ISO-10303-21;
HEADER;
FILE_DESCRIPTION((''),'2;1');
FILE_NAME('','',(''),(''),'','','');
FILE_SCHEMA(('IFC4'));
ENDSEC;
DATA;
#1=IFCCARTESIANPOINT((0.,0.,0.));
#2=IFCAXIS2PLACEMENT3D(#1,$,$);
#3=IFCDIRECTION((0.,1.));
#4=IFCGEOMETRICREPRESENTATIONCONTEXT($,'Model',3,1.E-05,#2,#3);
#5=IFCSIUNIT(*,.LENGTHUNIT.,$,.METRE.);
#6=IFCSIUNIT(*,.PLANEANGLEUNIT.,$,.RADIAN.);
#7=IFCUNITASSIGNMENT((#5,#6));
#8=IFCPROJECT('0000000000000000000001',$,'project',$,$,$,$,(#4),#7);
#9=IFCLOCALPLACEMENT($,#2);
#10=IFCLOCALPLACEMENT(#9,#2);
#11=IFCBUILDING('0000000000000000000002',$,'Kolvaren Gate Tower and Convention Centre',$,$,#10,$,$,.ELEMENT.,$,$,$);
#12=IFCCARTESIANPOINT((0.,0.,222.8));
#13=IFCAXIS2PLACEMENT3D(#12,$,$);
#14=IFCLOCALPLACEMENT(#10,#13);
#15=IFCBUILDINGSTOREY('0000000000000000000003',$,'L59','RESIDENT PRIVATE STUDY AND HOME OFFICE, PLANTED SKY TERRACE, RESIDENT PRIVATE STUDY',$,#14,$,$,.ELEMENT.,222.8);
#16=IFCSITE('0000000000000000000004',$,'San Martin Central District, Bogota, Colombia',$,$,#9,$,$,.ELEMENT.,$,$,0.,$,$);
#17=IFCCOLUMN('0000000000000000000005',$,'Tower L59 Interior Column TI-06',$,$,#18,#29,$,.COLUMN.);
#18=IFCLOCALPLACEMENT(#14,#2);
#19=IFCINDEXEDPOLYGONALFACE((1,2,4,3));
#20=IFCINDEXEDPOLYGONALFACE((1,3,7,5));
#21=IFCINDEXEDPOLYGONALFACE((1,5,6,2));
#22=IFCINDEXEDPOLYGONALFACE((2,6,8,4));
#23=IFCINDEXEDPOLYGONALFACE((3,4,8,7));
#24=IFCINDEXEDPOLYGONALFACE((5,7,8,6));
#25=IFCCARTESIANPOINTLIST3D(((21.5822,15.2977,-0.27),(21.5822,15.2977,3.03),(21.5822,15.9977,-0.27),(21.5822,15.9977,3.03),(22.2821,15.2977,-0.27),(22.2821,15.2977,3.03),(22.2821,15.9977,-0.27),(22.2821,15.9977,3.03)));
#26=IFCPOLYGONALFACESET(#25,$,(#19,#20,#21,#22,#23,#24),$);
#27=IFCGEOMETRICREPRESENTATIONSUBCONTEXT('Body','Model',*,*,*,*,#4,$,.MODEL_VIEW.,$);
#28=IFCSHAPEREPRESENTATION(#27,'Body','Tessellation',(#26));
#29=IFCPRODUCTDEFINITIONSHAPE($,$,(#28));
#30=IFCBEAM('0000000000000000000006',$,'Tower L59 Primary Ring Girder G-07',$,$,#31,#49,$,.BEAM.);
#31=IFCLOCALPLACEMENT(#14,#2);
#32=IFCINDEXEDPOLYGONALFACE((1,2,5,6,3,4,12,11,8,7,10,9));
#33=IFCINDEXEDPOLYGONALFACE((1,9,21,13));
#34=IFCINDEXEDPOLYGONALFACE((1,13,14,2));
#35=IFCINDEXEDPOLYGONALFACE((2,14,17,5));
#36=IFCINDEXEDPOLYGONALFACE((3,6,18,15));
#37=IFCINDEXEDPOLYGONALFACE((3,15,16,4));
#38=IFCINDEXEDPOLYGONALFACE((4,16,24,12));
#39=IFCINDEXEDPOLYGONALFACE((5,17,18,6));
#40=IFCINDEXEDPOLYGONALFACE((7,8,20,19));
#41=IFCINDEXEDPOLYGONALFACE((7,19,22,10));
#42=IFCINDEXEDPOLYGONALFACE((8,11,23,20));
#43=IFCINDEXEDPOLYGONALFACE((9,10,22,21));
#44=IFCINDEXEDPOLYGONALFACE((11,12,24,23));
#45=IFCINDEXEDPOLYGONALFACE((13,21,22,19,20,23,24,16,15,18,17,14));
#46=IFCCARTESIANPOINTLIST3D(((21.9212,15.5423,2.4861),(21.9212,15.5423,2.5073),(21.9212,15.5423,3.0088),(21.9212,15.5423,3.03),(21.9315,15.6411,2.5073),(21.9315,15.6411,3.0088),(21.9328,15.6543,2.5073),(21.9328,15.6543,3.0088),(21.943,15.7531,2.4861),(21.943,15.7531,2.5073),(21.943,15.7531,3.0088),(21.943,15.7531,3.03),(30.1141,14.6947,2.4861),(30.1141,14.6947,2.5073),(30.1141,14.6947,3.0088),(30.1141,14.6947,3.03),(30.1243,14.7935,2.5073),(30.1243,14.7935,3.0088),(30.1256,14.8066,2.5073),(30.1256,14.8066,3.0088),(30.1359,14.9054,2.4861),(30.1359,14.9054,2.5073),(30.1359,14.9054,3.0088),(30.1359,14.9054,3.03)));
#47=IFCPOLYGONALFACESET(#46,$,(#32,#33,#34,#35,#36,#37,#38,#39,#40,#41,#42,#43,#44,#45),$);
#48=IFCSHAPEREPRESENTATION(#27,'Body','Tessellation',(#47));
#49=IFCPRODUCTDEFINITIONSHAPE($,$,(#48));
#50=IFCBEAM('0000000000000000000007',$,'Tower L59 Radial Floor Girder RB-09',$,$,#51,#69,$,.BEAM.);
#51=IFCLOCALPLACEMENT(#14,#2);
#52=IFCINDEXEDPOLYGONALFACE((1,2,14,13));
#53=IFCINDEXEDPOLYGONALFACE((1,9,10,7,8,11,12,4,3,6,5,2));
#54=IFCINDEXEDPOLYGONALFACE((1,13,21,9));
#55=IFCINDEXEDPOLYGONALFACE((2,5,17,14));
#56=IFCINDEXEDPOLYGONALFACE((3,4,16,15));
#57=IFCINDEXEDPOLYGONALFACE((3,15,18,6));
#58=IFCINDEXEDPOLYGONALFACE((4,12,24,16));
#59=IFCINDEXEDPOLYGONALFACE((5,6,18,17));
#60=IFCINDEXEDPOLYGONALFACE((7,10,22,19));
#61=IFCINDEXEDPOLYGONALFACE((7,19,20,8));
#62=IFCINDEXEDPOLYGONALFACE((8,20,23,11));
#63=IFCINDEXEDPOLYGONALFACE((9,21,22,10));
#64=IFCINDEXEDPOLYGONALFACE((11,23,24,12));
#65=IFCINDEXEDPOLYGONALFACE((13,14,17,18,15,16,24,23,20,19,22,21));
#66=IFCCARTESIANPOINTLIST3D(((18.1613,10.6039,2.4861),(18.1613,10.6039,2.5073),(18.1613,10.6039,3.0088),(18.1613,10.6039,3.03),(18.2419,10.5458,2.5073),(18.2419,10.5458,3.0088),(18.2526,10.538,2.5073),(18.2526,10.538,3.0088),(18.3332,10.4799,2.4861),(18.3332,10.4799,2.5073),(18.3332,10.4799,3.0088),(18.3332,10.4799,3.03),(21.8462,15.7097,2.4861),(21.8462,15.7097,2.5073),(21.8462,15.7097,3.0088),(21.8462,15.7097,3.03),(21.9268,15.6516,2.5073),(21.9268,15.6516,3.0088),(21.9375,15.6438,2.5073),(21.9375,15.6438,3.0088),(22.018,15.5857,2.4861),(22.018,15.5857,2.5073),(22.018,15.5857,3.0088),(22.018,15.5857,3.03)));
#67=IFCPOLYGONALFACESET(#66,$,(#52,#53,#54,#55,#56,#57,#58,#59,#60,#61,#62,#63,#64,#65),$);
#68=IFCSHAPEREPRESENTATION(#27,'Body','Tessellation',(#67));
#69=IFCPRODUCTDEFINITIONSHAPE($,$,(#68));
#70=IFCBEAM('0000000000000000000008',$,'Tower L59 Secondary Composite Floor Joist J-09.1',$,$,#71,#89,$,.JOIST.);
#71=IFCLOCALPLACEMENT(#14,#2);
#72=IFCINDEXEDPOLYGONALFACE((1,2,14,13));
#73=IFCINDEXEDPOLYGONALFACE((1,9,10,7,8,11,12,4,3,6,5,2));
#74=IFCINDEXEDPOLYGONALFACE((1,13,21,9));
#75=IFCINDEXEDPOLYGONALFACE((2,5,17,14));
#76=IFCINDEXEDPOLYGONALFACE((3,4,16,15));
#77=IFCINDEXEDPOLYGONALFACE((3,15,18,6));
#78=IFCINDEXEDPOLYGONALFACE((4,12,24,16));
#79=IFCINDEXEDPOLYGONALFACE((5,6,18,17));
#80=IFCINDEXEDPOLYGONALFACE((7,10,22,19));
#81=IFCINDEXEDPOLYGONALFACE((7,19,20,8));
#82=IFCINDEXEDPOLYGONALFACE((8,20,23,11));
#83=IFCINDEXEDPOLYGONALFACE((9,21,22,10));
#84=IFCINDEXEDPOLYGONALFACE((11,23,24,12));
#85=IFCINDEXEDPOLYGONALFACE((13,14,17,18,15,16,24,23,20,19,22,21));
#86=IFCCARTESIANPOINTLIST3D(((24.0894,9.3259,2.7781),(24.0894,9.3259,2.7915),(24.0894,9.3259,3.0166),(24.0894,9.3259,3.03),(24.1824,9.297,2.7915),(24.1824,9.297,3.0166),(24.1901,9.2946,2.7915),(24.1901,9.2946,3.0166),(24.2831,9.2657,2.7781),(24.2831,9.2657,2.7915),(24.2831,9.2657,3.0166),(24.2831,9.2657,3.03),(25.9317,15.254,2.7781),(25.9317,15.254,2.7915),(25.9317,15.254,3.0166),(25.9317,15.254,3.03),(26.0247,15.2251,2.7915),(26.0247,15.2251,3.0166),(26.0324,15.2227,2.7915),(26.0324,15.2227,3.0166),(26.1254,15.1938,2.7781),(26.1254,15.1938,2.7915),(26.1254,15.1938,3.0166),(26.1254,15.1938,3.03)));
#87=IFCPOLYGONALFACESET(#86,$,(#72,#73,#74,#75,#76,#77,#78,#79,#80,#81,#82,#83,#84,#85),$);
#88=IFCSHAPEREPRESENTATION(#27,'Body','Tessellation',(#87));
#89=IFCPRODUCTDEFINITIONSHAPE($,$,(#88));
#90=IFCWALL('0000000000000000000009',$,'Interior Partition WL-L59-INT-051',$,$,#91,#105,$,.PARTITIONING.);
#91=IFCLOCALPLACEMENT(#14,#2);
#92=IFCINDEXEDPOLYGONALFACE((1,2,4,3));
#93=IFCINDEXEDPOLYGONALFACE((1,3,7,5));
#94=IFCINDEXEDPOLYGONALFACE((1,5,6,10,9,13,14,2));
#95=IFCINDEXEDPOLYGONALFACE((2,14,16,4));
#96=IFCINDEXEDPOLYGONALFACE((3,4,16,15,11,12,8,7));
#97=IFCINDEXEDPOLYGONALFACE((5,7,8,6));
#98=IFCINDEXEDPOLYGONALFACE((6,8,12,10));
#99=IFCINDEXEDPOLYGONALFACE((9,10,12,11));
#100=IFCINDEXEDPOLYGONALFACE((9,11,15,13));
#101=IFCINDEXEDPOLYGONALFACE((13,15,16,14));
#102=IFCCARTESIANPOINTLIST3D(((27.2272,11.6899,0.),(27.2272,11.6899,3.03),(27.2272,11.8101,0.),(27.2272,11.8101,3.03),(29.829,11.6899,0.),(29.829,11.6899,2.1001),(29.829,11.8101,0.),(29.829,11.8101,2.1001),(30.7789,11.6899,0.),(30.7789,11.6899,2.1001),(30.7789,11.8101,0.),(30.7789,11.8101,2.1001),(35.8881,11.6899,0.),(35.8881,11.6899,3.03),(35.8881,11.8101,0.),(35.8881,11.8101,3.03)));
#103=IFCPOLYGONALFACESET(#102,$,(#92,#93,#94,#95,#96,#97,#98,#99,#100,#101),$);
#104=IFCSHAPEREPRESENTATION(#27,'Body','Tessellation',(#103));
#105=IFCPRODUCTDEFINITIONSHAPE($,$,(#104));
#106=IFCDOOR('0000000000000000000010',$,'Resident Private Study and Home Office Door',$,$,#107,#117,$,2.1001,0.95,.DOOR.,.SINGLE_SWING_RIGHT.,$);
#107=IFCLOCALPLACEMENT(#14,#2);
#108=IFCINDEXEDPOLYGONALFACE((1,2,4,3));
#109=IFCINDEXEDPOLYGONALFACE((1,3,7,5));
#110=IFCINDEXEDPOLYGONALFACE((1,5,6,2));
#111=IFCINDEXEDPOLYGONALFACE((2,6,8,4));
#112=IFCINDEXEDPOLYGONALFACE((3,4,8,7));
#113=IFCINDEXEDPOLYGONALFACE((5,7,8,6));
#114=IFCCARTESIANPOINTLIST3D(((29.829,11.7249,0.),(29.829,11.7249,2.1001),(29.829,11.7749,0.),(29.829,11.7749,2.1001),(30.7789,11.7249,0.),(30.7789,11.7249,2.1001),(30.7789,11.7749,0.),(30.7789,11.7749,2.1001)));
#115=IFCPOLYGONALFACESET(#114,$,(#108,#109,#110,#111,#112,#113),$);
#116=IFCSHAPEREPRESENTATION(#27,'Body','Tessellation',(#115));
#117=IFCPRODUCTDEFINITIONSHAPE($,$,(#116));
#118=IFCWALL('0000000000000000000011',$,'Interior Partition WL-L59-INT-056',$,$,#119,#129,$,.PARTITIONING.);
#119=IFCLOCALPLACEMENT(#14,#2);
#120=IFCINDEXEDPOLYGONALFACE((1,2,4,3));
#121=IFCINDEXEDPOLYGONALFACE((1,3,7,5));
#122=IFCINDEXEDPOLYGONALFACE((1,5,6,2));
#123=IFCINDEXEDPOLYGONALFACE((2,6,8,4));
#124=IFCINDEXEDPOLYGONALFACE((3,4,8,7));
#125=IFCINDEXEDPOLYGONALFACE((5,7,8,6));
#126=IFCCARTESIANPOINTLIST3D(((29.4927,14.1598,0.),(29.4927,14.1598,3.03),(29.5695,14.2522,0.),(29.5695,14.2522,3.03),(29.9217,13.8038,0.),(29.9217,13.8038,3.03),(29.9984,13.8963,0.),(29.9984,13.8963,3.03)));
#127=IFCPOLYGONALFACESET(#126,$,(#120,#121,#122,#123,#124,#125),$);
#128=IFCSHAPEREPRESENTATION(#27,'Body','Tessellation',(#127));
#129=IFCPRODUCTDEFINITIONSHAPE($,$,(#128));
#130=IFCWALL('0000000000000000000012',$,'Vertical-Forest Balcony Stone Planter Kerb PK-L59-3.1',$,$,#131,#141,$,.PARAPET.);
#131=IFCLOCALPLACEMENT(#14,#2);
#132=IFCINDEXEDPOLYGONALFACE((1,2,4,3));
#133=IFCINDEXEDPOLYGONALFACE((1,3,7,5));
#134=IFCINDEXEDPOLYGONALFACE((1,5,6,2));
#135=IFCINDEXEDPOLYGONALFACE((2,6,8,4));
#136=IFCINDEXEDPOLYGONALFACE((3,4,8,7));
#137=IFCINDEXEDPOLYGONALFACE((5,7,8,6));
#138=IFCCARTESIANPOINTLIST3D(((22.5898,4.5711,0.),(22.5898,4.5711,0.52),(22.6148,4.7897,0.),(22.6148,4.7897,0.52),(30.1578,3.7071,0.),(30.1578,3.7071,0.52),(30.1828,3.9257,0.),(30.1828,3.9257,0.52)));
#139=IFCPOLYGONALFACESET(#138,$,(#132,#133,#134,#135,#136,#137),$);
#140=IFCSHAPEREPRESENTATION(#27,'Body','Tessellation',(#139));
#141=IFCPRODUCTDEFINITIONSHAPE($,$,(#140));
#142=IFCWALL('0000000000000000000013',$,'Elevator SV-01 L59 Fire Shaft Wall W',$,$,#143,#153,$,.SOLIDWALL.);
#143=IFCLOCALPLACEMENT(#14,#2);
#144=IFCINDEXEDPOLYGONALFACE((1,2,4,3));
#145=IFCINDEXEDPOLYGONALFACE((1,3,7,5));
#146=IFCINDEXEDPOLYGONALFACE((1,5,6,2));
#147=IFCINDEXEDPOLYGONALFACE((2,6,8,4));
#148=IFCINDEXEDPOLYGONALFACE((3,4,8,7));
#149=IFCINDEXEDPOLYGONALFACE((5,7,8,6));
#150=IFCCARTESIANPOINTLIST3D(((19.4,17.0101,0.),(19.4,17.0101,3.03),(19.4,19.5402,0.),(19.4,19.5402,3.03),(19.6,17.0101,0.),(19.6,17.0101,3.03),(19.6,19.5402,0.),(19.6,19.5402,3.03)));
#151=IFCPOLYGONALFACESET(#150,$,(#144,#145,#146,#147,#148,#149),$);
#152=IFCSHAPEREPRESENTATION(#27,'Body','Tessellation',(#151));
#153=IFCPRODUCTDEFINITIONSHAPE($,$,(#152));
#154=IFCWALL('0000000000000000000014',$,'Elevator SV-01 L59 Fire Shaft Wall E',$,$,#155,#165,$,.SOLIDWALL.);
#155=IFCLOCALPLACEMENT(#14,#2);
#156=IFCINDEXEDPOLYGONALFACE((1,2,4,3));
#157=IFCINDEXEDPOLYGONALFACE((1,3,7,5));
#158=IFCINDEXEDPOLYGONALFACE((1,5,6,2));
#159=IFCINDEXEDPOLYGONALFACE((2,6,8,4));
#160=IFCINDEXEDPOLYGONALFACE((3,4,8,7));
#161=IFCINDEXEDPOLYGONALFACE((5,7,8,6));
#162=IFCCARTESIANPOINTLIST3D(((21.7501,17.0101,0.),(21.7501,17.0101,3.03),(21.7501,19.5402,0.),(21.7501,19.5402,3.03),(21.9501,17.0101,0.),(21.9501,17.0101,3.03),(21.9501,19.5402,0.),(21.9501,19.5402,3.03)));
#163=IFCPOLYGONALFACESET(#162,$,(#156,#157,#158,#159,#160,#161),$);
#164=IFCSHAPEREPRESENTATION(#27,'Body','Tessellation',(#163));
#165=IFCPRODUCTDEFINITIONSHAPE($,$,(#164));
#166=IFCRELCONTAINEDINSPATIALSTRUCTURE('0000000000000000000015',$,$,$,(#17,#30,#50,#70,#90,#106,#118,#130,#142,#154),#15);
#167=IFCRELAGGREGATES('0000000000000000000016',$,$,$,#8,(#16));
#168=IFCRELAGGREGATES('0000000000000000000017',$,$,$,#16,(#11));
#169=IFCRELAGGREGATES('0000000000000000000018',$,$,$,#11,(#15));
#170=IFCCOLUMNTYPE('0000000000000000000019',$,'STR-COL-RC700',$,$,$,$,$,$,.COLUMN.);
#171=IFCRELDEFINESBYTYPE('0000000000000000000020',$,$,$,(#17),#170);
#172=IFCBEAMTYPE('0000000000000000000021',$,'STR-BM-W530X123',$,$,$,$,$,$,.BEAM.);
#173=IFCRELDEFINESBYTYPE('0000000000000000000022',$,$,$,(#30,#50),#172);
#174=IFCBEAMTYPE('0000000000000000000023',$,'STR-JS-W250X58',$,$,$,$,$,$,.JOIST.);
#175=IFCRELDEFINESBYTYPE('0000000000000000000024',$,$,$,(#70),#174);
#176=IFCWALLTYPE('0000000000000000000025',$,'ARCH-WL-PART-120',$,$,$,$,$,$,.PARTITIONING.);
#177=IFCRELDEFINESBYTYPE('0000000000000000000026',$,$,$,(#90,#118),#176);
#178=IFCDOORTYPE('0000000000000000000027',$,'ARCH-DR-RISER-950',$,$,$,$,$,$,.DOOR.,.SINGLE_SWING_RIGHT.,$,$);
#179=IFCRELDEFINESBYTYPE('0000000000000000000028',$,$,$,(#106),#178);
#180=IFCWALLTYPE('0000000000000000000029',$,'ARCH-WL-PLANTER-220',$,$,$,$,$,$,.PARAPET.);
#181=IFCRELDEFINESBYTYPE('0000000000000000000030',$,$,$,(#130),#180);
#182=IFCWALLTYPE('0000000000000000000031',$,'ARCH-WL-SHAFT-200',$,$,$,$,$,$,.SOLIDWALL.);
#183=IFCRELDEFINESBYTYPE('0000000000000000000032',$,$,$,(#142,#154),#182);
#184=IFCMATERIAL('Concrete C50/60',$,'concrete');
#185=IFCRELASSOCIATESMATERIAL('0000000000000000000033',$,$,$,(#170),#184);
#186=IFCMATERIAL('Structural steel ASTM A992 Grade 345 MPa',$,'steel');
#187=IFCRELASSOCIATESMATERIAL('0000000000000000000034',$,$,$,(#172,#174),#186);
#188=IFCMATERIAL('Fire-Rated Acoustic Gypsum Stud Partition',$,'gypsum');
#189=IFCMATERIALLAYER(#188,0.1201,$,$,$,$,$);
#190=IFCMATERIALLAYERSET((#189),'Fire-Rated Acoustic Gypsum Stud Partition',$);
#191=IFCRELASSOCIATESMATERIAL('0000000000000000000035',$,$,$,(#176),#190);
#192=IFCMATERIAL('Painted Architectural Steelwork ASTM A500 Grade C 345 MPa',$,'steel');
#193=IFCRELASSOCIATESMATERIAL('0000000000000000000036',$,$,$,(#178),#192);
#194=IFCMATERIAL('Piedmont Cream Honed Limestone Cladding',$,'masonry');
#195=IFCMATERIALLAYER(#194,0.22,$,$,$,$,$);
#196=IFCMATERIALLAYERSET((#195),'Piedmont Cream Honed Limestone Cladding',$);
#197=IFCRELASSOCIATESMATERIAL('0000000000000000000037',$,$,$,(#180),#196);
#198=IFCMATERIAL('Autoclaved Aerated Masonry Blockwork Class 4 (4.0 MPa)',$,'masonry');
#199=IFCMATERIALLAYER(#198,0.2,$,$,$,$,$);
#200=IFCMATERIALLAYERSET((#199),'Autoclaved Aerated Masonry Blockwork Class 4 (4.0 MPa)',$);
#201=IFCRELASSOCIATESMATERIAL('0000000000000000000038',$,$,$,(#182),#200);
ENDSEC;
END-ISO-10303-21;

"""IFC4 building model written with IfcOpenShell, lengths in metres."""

from ifc_helpers import new_model, si_unit, direction, frame, frame_2d, origin, origin_2d, place, context, subcontext, project, spatial, rectangle, i_section, extrude, material, layer, layer_set, material_profile, profile_set, type_object, element, fill, save


model = new_model("IFC4")

# Units and contexts
model_context = context("Model", 3, precision=1e-05, world=origin(), true_north=direction((0.0, 1.0)))
body_context = subcontext(model_context, "Body", "Model", "MODEL_VIEW")
ifc_project = project(units=[si_unit("LENGTHUNIT", "METRE"), si_unit("PLANEANGLEUNIT", "RADIAN")], contexts=[model_context])

# Site, building, storey
site_placement = place(None, origin())
site = spatial("IfcSite", under=ifc_project, at=site_placement, Name="San Martin Central District, Bogota, Colombia", CompositionType="ELEMENT", RefElevation=0.0)
building_placement = place(site_placement, origin())
building = spatial("IfcBuilding", under=site, at=building_placement, Name="Kolvaren Gate Tower and Convention Centre", CompositionType="ELEMENT")
storey_placement = place(building_placement, frame((0.0, 0.0, 222.8)))
storey = spatial("IfcBuildingStorey", under=building, at=storey_placement, Name="L59", Description="RESIDENT PRIVATE STUDY AND HOME OFFICE, PLANTED SKY TERRACE, RESIDENT PRIVATE STUDY", CompositionType="ELEMENT", Elevation=222.8)

# Column
ifc_material_1 = material(Name="Concrete C50/60", Category="concrete")
ifc_material_profile_1 = material_profile(ifc_material_1, rectangle(XDim=0.7, YDim=0.7, at=origin_2d()), Name="RC-COL-700X700")
ifc_profile_set_1 = profile_set([ifc_material_profile_1], Name="Concrete C50/60")
column_type = type_object("IfcColumnType", Name="STR-COL-RC700", PredefinedType="COLUMN", material=ifc_profile_set_1)
column_placement = place(storey_placement, frame((21.9321, 15.6477, -0.27), z_axis=(0.0, 0.0, 1.0), x_axis=(1.0, 0.0, 0.0)))
element("IfcColumn", 1, at=column_placement, inside=storey, type_object=column_type, Name="Tower L59 Interior Column TI-06", PredefinedType="COLUMN", context=body_context, shape_type="SweptSolid", body=[
    extrude(rectangle(XDim=0.7, YDim=0.7, at=origin_2d()), origin(), (0.0, 0.0, 1.0), 3.3),
])

# Beams
ifc_material_2 = material(Name="Structural steel ASTM A992 Grade 345 MPa", Category="steel")
ifc_material_profile_2 = material_profile(ifc_material_2, i_section(OverallWidth=0.2119, OverallDepth=0.5439, WebThickness=0.0132, FlangeThickness=0.0212, at=origin_2d()), Name="W530X123")
ifc_profile_set_2 = profile_set([ifc_material_profile_2], Name="Structural steel ASTM A992 Grade 345 MPa")
beam_type_1 = type_object("IfcBeamType", Name="STR-BM-W530X123", PredefinedType="BEAM", material=ifc_profile_set_2)
beam_1_placement = place(storey_placement, frame((21.9321, 15.6477, 2.7581), z_axis=(0.99469, -0.102913, 0.0), x_axis=(0.102913, 0.99469, 0.0)))
element("IfcBeam", 2, at=beam_1_placement, inside=storey, type_object=beam_type_1, Name="Tower L59 Primary Ring Girder G-07", PredefinedType="BEAM", context=body_context, shape_type="SweptSolid", body=[
    extrude(i_section(OverallWidth=0.2119, OverallDepth=0.5439, WebThickness=0.0132, FlangeThickness=0.0212, at=origin_2d()), origin(), (0.0, 0.0, 1.0), 8.2366),
])
beam_2_placement = place(storey_placement, frame((21.9321, 15.6477, 2.7581), z_axis=(-0.585214, -0.810879, 0.0), x_axis=(0.810879, -0.585214, 0.0)))
element("IfcBeam", 3, at=beam_2_placement, inside=storey, type_object=beam_type_1, Name="Tower L59 Radial Floor Girder RB-09", PredefinedType="BEAM", context=body_context, shape_type="SweptSolid", body=[
    extrude(i_section(OverallWidth=0.2119, OverallDepth=0.5439, WebThickness=0.0132, FlangeThickness=0.0212, at=origin_2d()), origin(), (0.0, 0.0, 1.0), 6.2966),
])
ifc_material_profile_3 = material_profile(ifc_material_2, i_section(OverallWidth=0.2029, OverallDepth=0.252, WebThickness=0.0081, FlangeThickness=0.0134, at=origin_2d()), Name="W250X58")
ifc_profile_set_3 = profile_set([ifc_material_profile_3], Name="Structural steel ASTM A992 Grade 345 MPa")
beam_type_2 = type_object("IfcBeamType", Name="STR-JS-W250X58", PredefinedType="JOIST", material=ifc_profile_set_3)
beam_3_placement = place(storey_placement, frame((26.0286, 15.2239, 2.9041), z_axis=(-0.296776, -0.954947, 0.0), x_axis=(0.954947, -0.296776, 0.0)))
element("IfcBeam", 4, at=beam_3_placement, inside=storey, type_object=beam_type_2, Name="Tower L59 Secondary Composite Floor Joist J-09.1", PredefinedType="JOIST", context=body_context, shape_type="SweptSolid", body=[
    extrude(i_section(OverallWidth=0.2029, OverallDepth=0.252, WebThickness=0.0081, FlangeThickness=0.0134, at=origin_2d()), origin(), (0.0, 0.0, 1.0), 6.2078),
])

# Wall, opening, door
ifc_material_3 = material(Name="Fire-Rated Acoustic Gypsum Stud Partition", Category="gypsum")
ifc_layer_1 = layer(ifc_material_3, 0.1201)
ifc_layer_set_1 = layer_set([ifc_layer_1], Name="Fire-Rated Acoustic Gypsum Stud Partition")
wall_type_1 = type_object("IfcWallType", Name="ARCH-WL-PART-120", PredefinedType="PARTITIONING", material=ifc_layer_set_1)
wall_1_placement = place(storey_placement, frame((27.2271, 11.75, 0.0), z_axis=(0.0, 0.0, 1.0), x_axis=(1.0, 0.0, 0.0)))
wall_1 = element("IfcWall", 5, at=wall_1_placement, inside=storey, type_object=wall_type_1, Name="Interior Partition WL-L59-INT-051", PredefinedType="PARTITIONING", context=body_context, shape_type="SweptSolid", body=[
    extrude(rectangle(XDim=8.6609, YDim=0.1201, at=frame_2d((4.3306, 0.0))), origin(), (0.0, 0.0, 1.0), 3.03),
])
opening_1_placement = place(wall_1_placement, frame((2.6018, 0.0, 0.0)))
opening_1 = element("IfcOpeningElement", 6, at=opening_1_placement, cuts=wall_1, PredefinedType="OPENING", context=body_context, shape_type="SweptSolid", body=[
    extrude(rectangle(XDim=0.95, YDim=2.1001, at=frame_2d((0.4751, 1.05))), frame((0.0, 0.0701, 0.0), z_axis=(0.0, -1.0, 0.0), x_axis=(1.0, 0.0, 0.0)), (0.0, 0.0, 1.0), 0.1401),
])
ifc_material_4 = material(Name="Painted Architectural Steelwork ASTM A500 Grade C 345 MPa", Category="steel")
door_type = type_object("IfcDoorType", Name="ARCH-DR-RISER-950", OperationType="SINGLE_SWING_RIGHT", PredefinedType="DOOR", material=ifc_material_4)
door_1_placement = place(opening_1_placement, origin())
door_1 = element("IfcDoor", 7, at=door_1_placement, inside=storey, type_object=door_type, Name="Resident Private Study and Home Office Door", OperationType="SINGLE_SWING_RIGHT", OverallHeight=2.1001, OverallWidth=0.95, PredefinedType="DOOR", context=body_context, shape_type="SweptSolid", body=[
    extrude(rectangle(XDim=0.95, YDim=2.1001, at=frame_2d((0.4751, 1.05))), frame((0.0, 0.0249, 0.0), z_axis=(0.0, -1.0, 0.0), x_axis=(1.0, 0.0, 0.0)), (0.0, 0.0, 1.0), 0.05),
])
fill(opening_1, door_1)

# Walls
wall_2_placement = place(storey_placement, frame((29.531, 14.2061, 0.0), z_axis=(0.0, 0.0, 1.0), x_axis=(0.769548, -0.638589, 0.0)))
element("IfcWall", 8, at=wall_2_placement, inside=storey, type_object=wall_type_1, Name="Interior Partition WL-L59-INT-056", PredefinedType="PARTITIONING", context=body_context, shape_type="SweptSolid", body=[
    extrude(rectangle(XDim=0.5574, YDim=0.1201, at=frame_2d((0.2788, 0.0))), origin(), (0.0, 0.0, 1.0), 3.03),
])
ifc_material_5 = material(Name="Piedmont Cream Honed Limestone Cladding", Category="masonry")
ifc_layer_2 = layer(ifc_material_5, 0.22)
ifc_layer_set_2 = layer_set([ifc_layer_2], Name="Piedmont Cream Honed Limestone Cladding")
wall_type_2 = type_object("IfcWallType", Name="ARCH-WL-PLANTER-220", PredefinedType="PARAPET", material=ifc_layer_set_2)
wall_3_placement = place(storey_placement, frame((22.6023, 4.6804, 0.0), z_axis=(0.0, 0.0, 1.0), x_axis=(0.993546, -0.113428, 0.0)))
element("IfcWall", 9, at=wall_3_placement, inside=storey, type_object=wall_type_2, Name="Vertical-Forest Balcony Stone Planter Kerb PK-L59-3.1", PredefinedType="PARAPET", context=body_context, shape_type="SweptSolid", body=[
    extrude(rectangle(XDim=7.6172, YDim=0.22, at=frame_2d((3.8086, 0.0))), origin(), (0.0, 0.0, 1.0), 0.52),
])
ifc_material_6 = material(Name="Autoclaved Aerated Masonry Blockwork Class 4 (4.0 MPa)", Category="masonry")
ifc_layer_3 = layer(ifc_material_6, 0.2)
ifc_layer_set_3 = layer_set([ifc_layer_3], Name="Autoclaved Aerated Masonry Blockwork Class 4 (4.0 MPa)")
wall_type_3 = type_object("IfcWallType", Name="ARCH-WL-SHAFT-200", PredefinedType="SOLIDWALL", material=ifc_layer_set_3)
for number, where, z_axis, x_axis, name in (
    (10, (19.5, 17.01, 0.0), (0.0, 0.0, 1.0), (0.0, 1.0, 0.0), "Elevator SV-01 L59 Fire Shaft Wall W"),
    (11, (21.8501, 17.01, 0.0), (0.0, 0.0, 1.0), (0.0, 1.0, 0.0), "Elevator SV-01 L59 Fire Shaft Wall E"),
):
    element("IfcWall", number, at=place(storey_placement, frame(where, z_axis=z_axis, x_axis=x_axis)), inside=storey, type_object=wall_type_3, Name=name, PredefinedType="SOLIDWALL", context=body_context, shape_type="SweptSolid", body=[
        extrude(rectangle(XDim=2.53, YDim=0.2, at=frame_2d((1.2651, 0.0))), origin(), (0.0, 0.0, 1.0), 3.03),
    ])

save(model, "model.ifc")
